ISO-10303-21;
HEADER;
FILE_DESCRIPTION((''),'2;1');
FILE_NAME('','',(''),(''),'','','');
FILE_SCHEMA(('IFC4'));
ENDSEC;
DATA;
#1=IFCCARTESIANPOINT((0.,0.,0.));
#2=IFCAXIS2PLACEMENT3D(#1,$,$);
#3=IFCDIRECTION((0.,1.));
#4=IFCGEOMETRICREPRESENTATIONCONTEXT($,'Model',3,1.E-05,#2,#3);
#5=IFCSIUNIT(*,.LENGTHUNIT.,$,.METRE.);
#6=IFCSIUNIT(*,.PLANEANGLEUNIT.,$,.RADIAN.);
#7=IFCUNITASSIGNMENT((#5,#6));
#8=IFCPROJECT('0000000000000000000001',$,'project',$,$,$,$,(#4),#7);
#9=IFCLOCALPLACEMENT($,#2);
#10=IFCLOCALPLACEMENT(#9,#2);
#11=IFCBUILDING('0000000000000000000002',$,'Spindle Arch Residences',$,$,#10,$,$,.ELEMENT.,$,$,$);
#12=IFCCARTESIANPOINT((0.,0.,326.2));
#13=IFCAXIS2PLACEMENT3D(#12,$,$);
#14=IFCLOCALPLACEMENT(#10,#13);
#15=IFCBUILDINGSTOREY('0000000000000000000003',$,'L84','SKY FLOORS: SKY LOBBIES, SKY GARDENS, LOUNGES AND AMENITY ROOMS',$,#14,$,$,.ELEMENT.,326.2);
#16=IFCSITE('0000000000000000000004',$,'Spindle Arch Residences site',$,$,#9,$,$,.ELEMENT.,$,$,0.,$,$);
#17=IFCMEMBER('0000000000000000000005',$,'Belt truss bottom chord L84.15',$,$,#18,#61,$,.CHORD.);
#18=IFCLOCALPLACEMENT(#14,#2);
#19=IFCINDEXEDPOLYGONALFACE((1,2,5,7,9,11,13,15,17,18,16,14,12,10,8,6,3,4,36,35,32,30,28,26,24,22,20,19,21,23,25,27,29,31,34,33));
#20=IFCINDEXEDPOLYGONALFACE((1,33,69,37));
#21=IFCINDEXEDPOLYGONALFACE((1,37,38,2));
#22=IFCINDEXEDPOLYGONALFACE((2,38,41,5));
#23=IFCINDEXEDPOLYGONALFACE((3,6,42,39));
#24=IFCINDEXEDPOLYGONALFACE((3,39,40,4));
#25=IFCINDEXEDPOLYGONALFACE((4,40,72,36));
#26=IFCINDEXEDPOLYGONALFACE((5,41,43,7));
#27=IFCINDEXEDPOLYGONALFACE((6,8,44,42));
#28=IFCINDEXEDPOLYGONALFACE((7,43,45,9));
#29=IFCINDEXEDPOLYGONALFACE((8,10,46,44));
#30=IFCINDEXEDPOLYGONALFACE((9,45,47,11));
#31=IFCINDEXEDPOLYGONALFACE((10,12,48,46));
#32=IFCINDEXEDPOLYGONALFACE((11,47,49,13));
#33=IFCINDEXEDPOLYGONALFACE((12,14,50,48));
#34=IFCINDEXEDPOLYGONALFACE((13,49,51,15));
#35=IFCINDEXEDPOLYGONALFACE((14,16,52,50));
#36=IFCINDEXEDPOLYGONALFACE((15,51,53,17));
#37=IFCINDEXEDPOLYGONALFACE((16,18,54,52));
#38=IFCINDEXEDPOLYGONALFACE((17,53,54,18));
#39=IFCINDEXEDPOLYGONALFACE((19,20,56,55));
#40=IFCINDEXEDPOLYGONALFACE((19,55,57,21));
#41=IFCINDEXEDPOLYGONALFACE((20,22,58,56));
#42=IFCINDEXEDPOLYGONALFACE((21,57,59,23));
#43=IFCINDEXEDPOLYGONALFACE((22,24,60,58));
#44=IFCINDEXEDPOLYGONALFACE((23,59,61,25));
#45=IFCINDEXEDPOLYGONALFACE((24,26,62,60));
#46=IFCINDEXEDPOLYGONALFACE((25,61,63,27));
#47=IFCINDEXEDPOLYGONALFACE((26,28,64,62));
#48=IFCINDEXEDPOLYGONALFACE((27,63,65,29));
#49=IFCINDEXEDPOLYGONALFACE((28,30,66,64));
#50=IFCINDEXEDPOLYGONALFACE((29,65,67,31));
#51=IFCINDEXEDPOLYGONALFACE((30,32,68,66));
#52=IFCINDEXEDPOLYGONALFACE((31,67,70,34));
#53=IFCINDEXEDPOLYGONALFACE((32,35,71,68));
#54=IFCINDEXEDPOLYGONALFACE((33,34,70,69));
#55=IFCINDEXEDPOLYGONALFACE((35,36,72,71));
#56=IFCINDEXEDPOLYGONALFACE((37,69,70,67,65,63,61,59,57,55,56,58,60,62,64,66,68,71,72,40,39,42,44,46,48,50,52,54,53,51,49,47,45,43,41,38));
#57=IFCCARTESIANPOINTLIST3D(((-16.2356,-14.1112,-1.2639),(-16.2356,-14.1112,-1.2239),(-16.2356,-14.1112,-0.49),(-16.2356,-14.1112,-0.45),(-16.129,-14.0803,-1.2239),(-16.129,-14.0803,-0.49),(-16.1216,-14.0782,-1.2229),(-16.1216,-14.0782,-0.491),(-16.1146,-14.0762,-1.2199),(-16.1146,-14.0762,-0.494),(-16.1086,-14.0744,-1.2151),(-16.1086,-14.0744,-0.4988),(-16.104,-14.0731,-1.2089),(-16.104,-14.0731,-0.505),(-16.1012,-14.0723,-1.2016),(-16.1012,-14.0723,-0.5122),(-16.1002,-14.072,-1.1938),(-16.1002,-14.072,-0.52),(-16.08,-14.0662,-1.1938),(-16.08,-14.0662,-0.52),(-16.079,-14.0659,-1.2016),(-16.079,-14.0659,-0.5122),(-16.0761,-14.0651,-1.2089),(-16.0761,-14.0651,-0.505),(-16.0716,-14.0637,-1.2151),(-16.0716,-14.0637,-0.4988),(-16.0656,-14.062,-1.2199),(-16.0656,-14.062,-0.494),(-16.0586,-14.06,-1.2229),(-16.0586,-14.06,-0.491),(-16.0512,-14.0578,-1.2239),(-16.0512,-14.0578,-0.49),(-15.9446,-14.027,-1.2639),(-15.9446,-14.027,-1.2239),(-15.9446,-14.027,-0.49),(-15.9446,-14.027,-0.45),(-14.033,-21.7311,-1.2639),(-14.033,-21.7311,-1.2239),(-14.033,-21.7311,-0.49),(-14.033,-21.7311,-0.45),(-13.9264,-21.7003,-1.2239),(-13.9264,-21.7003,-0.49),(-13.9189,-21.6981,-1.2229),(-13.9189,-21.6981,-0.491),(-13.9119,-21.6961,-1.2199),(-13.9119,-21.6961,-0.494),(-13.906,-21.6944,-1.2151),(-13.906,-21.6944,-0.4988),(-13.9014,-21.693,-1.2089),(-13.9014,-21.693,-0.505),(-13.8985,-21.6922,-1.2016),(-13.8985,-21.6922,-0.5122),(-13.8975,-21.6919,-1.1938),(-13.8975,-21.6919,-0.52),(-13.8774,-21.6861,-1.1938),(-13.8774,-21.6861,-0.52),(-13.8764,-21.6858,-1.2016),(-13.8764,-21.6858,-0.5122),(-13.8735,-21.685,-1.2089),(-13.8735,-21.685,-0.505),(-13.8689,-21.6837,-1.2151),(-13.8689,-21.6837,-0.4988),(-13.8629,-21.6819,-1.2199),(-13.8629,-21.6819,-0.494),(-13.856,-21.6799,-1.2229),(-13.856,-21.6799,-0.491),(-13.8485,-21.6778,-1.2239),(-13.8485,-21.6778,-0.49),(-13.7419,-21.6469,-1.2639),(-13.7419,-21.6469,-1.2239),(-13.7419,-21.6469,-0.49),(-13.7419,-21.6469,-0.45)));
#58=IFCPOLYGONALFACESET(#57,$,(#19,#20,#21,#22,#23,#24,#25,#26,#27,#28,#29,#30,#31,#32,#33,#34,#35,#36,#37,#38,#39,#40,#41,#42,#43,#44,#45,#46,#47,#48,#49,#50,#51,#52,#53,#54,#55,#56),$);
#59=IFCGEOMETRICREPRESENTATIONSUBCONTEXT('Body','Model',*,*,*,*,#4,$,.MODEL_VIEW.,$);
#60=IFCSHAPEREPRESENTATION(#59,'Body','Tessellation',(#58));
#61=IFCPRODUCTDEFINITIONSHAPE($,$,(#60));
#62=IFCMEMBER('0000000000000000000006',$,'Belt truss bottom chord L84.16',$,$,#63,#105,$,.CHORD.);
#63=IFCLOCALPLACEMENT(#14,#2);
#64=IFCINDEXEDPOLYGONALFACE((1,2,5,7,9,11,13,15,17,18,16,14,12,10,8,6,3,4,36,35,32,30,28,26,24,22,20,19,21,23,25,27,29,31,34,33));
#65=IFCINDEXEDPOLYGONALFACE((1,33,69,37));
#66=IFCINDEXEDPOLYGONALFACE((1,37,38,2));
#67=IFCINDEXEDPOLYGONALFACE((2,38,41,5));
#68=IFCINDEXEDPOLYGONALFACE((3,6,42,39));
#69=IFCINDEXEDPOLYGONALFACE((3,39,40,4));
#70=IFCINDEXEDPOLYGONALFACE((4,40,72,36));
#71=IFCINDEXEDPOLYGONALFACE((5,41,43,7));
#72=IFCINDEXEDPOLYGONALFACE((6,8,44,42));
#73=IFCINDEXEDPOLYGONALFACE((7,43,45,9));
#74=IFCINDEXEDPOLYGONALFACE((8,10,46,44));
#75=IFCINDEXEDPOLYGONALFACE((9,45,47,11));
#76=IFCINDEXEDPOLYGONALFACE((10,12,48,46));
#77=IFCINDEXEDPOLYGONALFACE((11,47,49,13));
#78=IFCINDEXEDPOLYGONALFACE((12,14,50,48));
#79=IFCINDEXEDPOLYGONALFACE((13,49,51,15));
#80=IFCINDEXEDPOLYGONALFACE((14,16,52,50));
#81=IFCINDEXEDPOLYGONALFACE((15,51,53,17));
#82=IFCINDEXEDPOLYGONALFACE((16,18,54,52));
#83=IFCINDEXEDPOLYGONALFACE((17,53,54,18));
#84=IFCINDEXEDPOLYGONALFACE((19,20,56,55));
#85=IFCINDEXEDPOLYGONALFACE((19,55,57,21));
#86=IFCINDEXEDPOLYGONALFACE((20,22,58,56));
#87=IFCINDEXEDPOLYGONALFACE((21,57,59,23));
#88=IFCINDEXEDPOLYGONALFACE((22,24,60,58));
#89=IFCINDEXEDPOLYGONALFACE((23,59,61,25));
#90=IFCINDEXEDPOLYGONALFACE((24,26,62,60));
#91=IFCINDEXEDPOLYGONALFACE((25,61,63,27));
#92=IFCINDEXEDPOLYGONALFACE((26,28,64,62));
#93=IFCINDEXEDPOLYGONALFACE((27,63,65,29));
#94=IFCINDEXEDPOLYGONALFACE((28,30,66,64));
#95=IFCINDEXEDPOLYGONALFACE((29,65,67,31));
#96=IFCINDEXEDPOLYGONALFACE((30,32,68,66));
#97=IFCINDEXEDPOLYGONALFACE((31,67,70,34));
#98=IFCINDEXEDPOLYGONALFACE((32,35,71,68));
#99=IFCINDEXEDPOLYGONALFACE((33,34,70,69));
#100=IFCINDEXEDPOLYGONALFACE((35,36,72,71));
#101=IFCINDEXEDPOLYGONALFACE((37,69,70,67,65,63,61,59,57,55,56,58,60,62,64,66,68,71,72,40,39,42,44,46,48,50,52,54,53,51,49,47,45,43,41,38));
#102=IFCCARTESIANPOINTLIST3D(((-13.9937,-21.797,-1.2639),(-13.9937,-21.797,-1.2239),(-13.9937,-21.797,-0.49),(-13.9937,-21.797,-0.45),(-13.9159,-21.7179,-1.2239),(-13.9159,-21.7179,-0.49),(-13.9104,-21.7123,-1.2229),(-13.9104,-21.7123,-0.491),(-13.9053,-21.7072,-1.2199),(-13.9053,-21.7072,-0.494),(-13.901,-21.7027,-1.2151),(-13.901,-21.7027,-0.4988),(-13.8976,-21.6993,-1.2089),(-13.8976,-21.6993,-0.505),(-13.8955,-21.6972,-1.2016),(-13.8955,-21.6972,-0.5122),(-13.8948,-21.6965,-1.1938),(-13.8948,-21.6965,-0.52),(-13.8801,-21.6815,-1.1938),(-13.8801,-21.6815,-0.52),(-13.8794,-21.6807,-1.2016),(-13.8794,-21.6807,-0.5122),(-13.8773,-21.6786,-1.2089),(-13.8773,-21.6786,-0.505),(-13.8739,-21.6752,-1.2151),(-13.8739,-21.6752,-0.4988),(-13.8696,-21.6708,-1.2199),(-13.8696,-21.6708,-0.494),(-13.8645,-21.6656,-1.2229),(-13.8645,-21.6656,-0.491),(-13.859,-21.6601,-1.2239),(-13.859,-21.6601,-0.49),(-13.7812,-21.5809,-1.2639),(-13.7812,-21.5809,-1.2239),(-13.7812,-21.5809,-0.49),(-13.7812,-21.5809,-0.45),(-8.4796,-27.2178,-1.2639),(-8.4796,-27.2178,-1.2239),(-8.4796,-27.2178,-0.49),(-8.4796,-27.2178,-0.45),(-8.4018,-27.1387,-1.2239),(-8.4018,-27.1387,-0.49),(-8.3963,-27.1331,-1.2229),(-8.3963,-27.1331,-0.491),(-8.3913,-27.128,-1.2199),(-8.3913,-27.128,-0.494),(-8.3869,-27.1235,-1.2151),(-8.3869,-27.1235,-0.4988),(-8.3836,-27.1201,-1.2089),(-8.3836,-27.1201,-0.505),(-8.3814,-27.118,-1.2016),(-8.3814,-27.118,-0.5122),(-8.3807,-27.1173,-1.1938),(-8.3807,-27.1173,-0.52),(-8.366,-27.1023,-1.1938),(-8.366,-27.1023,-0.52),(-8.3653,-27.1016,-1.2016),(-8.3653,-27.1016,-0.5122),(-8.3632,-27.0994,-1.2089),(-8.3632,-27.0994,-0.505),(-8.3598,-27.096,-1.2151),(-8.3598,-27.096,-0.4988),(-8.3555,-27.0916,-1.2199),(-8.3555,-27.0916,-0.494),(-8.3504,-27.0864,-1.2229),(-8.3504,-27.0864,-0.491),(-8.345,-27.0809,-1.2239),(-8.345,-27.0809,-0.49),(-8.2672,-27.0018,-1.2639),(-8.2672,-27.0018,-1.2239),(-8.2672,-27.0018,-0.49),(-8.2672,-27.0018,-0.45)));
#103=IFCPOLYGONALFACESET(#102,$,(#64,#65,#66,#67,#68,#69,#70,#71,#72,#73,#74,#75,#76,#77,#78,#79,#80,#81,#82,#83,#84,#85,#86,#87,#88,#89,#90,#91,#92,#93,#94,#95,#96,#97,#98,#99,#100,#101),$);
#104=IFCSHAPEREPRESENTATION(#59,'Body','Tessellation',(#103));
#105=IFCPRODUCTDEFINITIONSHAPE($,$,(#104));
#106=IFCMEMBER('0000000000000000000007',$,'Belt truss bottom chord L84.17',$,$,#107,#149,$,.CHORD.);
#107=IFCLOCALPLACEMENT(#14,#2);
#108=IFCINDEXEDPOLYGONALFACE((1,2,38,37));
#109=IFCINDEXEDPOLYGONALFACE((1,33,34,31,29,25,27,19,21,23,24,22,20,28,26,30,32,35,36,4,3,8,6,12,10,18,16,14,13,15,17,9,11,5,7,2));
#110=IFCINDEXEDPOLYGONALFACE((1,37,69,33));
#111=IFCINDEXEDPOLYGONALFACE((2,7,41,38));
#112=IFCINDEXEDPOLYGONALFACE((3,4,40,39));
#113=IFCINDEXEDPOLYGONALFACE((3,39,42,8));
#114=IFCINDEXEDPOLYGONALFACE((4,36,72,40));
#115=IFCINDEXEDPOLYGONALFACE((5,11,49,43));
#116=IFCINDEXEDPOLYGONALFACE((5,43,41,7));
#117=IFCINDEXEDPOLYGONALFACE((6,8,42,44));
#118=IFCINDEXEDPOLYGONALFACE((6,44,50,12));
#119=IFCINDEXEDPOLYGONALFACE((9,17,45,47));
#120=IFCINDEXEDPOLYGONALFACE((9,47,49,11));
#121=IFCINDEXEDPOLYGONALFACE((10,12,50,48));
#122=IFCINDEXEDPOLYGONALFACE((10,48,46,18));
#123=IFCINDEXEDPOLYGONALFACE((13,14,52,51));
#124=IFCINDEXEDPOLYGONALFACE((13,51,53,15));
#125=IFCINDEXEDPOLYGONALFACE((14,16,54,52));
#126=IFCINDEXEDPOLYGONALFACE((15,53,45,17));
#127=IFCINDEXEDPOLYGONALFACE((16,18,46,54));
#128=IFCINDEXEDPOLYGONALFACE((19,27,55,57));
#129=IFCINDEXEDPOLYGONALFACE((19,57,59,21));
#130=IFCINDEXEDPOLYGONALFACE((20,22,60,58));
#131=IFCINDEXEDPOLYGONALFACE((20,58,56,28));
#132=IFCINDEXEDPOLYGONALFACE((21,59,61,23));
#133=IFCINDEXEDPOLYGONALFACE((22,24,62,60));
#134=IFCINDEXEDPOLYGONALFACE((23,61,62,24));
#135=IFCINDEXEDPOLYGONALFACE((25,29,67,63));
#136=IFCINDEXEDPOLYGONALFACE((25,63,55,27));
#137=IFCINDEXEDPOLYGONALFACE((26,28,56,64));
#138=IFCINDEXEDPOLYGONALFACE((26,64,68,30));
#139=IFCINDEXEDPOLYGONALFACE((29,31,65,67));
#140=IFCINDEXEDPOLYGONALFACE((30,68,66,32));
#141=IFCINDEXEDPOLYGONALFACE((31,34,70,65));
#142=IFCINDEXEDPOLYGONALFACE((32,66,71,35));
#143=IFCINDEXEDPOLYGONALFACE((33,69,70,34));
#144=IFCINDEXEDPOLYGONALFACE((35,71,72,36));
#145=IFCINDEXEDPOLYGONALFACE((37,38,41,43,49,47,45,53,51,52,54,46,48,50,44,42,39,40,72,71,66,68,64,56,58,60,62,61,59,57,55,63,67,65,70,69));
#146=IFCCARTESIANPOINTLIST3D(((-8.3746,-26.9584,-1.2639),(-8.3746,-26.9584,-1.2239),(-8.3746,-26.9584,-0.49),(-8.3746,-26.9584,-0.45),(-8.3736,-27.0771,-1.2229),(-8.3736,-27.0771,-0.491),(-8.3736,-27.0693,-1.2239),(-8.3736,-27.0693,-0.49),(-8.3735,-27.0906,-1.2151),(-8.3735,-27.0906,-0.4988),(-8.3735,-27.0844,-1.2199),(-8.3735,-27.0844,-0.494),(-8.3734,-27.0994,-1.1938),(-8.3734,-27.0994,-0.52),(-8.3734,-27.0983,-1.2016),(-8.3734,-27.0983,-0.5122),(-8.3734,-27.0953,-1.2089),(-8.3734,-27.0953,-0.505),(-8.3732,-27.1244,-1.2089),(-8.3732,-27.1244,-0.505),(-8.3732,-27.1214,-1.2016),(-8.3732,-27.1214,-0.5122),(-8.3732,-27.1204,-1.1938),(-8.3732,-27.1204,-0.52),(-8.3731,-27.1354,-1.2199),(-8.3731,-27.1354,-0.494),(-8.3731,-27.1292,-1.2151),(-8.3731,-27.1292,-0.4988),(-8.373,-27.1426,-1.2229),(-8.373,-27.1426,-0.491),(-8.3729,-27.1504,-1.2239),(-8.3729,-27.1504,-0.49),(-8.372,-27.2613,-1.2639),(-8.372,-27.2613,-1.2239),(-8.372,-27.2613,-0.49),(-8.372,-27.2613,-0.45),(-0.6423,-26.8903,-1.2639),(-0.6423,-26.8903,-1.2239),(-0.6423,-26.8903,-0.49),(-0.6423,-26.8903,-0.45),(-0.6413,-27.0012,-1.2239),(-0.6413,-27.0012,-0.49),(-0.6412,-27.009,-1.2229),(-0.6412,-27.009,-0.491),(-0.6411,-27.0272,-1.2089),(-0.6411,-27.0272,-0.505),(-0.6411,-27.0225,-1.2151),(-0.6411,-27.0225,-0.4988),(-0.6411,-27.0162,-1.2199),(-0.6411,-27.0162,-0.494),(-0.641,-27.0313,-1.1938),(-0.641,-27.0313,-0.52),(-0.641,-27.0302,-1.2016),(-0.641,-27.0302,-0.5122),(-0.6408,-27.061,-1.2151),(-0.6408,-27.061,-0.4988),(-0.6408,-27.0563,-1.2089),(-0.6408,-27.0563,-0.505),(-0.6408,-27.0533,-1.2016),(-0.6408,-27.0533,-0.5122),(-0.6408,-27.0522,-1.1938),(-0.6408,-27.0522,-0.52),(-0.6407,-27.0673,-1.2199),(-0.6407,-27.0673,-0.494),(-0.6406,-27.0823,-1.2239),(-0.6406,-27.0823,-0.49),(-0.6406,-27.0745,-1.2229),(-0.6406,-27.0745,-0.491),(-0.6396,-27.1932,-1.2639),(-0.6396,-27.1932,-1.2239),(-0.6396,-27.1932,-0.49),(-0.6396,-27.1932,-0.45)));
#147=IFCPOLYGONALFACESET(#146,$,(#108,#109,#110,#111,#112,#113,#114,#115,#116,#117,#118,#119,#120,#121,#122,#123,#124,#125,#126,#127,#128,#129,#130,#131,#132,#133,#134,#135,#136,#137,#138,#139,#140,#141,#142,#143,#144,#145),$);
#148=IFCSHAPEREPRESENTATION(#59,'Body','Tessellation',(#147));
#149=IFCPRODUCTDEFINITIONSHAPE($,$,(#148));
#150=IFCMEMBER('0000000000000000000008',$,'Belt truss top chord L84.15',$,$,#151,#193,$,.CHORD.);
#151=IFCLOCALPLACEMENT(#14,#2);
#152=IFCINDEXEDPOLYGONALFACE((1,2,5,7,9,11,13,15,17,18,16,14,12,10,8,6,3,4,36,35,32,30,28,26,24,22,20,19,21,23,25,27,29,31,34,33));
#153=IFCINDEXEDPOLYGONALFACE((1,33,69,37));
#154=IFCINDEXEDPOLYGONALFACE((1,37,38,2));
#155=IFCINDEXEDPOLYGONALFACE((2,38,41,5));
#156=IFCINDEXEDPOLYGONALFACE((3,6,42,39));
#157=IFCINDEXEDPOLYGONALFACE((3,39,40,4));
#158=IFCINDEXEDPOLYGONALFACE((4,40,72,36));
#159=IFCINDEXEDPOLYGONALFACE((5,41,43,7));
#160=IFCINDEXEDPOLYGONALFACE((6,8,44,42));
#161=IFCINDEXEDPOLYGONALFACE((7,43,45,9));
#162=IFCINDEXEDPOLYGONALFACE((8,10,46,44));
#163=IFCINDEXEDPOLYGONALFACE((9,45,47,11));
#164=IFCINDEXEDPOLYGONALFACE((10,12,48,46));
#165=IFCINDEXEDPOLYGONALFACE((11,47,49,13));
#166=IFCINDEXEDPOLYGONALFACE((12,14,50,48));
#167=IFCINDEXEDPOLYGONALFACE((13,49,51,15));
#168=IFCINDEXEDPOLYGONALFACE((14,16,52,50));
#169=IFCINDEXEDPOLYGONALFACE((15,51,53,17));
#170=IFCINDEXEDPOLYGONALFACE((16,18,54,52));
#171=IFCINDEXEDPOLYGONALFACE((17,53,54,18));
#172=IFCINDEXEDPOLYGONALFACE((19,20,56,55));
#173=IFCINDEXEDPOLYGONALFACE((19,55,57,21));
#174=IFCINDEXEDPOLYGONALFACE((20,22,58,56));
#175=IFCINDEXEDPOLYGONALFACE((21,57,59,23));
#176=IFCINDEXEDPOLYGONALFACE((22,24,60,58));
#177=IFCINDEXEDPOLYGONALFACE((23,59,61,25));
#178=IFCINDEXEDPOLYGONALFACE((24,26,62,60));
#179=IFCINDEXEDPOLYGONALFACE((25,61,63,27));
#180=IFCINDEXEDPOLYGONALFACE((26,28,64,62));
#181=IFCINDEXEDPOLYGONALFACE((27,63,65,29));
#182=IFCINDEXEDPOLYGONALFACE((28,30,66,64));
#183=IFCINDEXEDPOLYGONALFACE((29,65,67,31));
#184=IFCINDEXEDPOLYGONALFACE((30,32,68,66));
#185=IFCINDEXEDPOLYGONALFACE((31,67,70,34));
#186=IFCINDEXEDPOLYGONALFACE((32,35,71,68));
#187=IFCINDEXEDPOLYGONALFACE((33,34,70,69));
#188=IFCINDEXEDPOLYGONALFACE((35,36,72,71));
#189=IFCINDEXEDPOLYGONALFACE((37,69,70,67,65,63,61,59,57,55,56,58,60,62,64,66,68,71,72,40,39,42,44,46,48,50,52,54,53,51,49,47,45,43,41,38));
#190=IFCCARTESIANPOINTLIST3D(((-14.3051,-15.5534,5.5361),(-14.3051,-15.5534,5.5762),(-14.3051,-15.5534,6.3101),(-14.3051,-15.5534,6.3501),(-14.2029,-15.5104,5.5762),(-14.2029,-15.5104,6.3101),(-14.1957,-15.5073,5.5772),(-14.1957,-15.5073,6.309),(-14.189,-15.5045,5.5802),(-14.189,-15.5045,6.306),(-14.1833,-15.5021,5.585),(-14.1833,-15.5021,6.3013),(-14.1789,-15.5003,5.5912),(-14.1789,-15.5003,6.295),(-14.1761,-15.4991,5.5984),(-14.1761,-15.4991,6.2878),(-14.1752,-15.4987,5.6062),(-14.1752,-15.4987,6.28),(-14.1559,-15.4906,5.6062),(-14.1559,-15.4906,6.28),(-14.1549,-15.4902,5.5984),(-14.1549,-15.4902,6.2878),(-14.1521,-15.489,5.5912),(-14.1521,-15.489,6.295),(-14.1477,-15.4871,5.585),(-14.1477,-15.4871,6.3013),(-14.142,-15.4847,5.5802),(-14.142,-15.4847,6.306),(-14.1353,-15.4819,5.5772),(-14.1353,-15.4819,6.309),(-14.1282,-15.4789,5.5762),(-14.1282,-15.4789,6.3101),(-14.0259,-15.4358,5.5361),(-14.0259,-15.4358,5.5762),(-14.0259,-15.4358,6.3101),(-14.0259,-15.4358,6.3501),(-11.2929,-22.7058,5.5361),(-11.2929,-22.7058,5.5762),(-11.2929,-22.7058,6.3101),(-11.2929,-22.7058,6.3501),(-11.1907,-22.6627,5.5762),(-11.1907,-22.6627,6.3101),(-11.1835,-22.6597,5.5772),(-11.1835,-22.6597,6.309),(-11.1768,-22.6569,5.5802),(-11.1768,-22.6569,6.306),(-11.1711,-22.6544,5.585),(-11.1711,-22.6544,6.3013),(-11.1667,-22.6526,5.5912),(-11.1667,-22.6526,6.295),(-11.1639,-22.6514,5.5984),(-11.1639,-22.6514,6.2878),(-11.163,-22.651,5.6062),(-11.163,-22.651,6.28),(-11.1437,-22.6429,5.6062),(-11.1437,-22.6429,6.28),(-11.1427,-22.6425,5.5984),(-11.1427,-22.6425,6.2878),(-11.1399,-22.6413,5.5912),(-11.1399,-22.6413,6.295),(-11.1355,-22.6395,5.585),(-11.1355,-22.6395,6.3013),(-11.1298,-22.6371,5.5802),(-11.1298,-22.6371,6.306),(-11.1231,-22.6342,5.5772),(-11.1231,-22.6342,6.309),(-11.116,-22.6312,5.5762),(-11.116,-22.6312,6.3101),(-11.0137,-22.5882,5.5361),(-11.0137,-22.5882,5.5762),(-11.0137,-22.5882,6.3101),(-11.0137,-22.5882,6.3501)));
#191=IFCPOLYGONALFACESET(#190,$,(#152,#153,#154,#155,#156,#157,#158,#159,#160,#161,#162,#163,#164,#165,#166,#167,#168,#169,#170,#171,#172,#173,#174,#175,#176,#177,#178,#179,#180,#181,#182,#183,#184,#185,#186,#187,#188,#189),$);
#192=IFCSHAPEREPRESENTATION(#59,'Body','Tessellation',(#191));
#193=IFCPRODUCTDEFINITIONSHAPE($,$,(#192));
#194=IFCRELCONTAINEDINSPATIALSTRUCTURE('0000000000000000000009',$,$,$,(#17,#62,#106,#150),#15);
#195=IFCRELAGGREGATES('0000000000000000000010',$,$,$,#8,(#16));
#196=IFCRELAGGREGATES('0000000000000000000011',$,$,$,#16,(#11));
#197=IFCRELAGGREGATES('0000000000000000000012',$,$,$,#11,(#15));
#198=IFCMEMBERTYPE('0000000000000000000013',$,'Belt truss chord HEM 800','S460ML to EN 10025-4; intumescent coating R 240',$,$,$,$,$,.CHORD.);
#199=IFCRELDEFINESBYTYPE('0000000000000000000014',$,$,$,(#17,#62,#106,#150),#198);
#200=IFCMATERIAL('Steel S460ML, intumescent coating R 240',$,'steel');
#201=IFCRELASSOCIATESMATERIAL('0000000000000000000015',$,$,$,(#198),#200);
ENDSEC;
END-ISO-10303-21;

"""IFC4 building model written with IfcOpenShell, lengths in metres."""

from ifc_helpers import new_model, si_unit, direction, frame, origin, origin_2d, place, context, subcontext, project, spatial, i_section, extrude, material, material_profile, profile_set, type_object, element, save


model = new_model("IFC4")

# Units and contexts
model_context = context("Model", 3, precision=1e-05, world=origin(), true_north=direction((0.0, 1.0)))
body_context = subcontext(model_context, "Body", "Model", "MODEL_VIEW")
ifc_project = project(units=[si_unit("LENGTHUNIT", "METRE"), si_unit("PLANEANGLEUNIT", "RADIAN")], contexts=[model_context])

# Site, building, storey
site_placement = place(None, origin())
site = spatial("IfcSite", under=ifc_project, at=site_placement, Name="Spindle Arch Residences site", CompositionType="ELEMENT", RefElevation=0.0)
building_placement = place(site_placement, origin())
building = spatial("IfcBuilding", under=site, at=building_placement, Name="Spindle Arch Residences", CompositionType="ELEMENT")
storey_placement = place(building_placement, frame((0.0, 0.0, 326.2)))
storey = spatial("IfcBuildingStorey", under=building, at=storey_placement, Name="L84", Description="SKY FLOORS: SKY LOBBIES, SKY GARDENS, LOUNGES AND AMENITY ROOMS", CompositionType="ELEMENT", Elevation=326.2)

# Members
ifc_material_1 = material(Name="Steel S460ML, intumescent coating R 240", Category="steel")
ifc_material_profile_1 = material_profile(ifc_material_1, i_section(OverallWidth=0.303, OverallDepth=0.814, WebThickness=0.021, FlangeThickness=0.04, FilletRadius=0.03, at=origin_2d()), Name="HEM 800")
ifc_profile_set_1 = profile_set([ifc_material_profile_1], Name="Steel S460ML, intumescent coating R 240")
member_type_1 = type_object("IfcMemberType", Name="Belt truss chord HEM 800", Description="S460ML to EN 10025-4; intumescent coating R 240", PredefinedType="CHORD", material=ifc_profile_set_1)
member_1_placement = place(storey_placement, frame((-16.0901, -14.0691, -0.8569), z_axis=(0.277696, -0.960669, 0.0), x_axis=(0.960669, 0.277696, 0.0)))
element("IfcMember", 1, at=member_1_placement, inside=storey, type_object=member_type_1, Name="Belt truss bottom chord L84.15", PredefinedType="CHORD", context=body_context, shape_type="SweptSolid", body=[
    extrude(i_section(OverallWidth=0.303, OverallDepth=0.814, WebThickness=0.021, FlangeThickness=0.04, FilletRadius=0.03, at=origin_2d()), origin(), (0.0, 0.0, 1.0), 7.9319),
])
member_2_placement = place(storey_placement, frame((-13.8875, -21.689, -0.8569), z_axis=(0.713112, -0.701051, 0.0), x_axis=(0.701051, 0.713112, 0.0)))
element("IfcMember", 2, at=member_2_placement, inside=storey, type_object=member_type_1, Name="Belt truss bottom chord L84.16", PredefinedType="CHORD", context=body_context, shape_type="SweptSolid", body=[
    extrude(i_section(OverallWidth=0.303, OverallDepth=0.814, WebThickness=0.021, FlangeThickness=0.04, FilletRadius=0.03, at=origin_2d()), origin(), (0.0, 0.0, 1.0), 7.7324),
])
member_3_placement = place(storey_placement, frame((-8.3733, -27.1099, -0.8569), z_axis=(0.999961, 0.008809, 0.0), x_axis=(-0.008809, 0.999961, 0.0)))
element("IfcMember", 3, at=member_3_placement, inside=storey, type_object=member_type_1, Name="Belt truss bottom chord L84.17", PredefinedType="CHORD", context=body_context, shape_type="SweptSolid", body=[
    extrude(i_section(OverallWidth=0.303, OverallDepth=0.814, WebThickness=0.021, FlangeThickness=0.04, FilletRadius=0.03, at=origin_2d()), origin(), (0.0, 0.0, 1.0), 7.7327),
])
member_4_placement = place(storey_placement, frame((-14.1655, -15.4946, 5.9431), z_axis=(0.388133, -0.921603, 0.0), x_axis=(0.921603, 0.388133, 0.0)))
element("IfcMember", 4, at=member_4_placement, inside=storey, type_object=member_type_1, Name="Belt truss top chord L84.15", PredefinedType="CHORD", context=body_context, shape_type="SweptSolid", body=[
    extrude(i_section(OverallWidth=0.303, OverallDepth=0.814, WebThickness=0.021, FlangeThickness=0.04, FilletRadius=0.03, at=origin_2d()), origin(), (0.0, 0.0, 1.0), 7.7607),
])

save(model, "model.ifc")
